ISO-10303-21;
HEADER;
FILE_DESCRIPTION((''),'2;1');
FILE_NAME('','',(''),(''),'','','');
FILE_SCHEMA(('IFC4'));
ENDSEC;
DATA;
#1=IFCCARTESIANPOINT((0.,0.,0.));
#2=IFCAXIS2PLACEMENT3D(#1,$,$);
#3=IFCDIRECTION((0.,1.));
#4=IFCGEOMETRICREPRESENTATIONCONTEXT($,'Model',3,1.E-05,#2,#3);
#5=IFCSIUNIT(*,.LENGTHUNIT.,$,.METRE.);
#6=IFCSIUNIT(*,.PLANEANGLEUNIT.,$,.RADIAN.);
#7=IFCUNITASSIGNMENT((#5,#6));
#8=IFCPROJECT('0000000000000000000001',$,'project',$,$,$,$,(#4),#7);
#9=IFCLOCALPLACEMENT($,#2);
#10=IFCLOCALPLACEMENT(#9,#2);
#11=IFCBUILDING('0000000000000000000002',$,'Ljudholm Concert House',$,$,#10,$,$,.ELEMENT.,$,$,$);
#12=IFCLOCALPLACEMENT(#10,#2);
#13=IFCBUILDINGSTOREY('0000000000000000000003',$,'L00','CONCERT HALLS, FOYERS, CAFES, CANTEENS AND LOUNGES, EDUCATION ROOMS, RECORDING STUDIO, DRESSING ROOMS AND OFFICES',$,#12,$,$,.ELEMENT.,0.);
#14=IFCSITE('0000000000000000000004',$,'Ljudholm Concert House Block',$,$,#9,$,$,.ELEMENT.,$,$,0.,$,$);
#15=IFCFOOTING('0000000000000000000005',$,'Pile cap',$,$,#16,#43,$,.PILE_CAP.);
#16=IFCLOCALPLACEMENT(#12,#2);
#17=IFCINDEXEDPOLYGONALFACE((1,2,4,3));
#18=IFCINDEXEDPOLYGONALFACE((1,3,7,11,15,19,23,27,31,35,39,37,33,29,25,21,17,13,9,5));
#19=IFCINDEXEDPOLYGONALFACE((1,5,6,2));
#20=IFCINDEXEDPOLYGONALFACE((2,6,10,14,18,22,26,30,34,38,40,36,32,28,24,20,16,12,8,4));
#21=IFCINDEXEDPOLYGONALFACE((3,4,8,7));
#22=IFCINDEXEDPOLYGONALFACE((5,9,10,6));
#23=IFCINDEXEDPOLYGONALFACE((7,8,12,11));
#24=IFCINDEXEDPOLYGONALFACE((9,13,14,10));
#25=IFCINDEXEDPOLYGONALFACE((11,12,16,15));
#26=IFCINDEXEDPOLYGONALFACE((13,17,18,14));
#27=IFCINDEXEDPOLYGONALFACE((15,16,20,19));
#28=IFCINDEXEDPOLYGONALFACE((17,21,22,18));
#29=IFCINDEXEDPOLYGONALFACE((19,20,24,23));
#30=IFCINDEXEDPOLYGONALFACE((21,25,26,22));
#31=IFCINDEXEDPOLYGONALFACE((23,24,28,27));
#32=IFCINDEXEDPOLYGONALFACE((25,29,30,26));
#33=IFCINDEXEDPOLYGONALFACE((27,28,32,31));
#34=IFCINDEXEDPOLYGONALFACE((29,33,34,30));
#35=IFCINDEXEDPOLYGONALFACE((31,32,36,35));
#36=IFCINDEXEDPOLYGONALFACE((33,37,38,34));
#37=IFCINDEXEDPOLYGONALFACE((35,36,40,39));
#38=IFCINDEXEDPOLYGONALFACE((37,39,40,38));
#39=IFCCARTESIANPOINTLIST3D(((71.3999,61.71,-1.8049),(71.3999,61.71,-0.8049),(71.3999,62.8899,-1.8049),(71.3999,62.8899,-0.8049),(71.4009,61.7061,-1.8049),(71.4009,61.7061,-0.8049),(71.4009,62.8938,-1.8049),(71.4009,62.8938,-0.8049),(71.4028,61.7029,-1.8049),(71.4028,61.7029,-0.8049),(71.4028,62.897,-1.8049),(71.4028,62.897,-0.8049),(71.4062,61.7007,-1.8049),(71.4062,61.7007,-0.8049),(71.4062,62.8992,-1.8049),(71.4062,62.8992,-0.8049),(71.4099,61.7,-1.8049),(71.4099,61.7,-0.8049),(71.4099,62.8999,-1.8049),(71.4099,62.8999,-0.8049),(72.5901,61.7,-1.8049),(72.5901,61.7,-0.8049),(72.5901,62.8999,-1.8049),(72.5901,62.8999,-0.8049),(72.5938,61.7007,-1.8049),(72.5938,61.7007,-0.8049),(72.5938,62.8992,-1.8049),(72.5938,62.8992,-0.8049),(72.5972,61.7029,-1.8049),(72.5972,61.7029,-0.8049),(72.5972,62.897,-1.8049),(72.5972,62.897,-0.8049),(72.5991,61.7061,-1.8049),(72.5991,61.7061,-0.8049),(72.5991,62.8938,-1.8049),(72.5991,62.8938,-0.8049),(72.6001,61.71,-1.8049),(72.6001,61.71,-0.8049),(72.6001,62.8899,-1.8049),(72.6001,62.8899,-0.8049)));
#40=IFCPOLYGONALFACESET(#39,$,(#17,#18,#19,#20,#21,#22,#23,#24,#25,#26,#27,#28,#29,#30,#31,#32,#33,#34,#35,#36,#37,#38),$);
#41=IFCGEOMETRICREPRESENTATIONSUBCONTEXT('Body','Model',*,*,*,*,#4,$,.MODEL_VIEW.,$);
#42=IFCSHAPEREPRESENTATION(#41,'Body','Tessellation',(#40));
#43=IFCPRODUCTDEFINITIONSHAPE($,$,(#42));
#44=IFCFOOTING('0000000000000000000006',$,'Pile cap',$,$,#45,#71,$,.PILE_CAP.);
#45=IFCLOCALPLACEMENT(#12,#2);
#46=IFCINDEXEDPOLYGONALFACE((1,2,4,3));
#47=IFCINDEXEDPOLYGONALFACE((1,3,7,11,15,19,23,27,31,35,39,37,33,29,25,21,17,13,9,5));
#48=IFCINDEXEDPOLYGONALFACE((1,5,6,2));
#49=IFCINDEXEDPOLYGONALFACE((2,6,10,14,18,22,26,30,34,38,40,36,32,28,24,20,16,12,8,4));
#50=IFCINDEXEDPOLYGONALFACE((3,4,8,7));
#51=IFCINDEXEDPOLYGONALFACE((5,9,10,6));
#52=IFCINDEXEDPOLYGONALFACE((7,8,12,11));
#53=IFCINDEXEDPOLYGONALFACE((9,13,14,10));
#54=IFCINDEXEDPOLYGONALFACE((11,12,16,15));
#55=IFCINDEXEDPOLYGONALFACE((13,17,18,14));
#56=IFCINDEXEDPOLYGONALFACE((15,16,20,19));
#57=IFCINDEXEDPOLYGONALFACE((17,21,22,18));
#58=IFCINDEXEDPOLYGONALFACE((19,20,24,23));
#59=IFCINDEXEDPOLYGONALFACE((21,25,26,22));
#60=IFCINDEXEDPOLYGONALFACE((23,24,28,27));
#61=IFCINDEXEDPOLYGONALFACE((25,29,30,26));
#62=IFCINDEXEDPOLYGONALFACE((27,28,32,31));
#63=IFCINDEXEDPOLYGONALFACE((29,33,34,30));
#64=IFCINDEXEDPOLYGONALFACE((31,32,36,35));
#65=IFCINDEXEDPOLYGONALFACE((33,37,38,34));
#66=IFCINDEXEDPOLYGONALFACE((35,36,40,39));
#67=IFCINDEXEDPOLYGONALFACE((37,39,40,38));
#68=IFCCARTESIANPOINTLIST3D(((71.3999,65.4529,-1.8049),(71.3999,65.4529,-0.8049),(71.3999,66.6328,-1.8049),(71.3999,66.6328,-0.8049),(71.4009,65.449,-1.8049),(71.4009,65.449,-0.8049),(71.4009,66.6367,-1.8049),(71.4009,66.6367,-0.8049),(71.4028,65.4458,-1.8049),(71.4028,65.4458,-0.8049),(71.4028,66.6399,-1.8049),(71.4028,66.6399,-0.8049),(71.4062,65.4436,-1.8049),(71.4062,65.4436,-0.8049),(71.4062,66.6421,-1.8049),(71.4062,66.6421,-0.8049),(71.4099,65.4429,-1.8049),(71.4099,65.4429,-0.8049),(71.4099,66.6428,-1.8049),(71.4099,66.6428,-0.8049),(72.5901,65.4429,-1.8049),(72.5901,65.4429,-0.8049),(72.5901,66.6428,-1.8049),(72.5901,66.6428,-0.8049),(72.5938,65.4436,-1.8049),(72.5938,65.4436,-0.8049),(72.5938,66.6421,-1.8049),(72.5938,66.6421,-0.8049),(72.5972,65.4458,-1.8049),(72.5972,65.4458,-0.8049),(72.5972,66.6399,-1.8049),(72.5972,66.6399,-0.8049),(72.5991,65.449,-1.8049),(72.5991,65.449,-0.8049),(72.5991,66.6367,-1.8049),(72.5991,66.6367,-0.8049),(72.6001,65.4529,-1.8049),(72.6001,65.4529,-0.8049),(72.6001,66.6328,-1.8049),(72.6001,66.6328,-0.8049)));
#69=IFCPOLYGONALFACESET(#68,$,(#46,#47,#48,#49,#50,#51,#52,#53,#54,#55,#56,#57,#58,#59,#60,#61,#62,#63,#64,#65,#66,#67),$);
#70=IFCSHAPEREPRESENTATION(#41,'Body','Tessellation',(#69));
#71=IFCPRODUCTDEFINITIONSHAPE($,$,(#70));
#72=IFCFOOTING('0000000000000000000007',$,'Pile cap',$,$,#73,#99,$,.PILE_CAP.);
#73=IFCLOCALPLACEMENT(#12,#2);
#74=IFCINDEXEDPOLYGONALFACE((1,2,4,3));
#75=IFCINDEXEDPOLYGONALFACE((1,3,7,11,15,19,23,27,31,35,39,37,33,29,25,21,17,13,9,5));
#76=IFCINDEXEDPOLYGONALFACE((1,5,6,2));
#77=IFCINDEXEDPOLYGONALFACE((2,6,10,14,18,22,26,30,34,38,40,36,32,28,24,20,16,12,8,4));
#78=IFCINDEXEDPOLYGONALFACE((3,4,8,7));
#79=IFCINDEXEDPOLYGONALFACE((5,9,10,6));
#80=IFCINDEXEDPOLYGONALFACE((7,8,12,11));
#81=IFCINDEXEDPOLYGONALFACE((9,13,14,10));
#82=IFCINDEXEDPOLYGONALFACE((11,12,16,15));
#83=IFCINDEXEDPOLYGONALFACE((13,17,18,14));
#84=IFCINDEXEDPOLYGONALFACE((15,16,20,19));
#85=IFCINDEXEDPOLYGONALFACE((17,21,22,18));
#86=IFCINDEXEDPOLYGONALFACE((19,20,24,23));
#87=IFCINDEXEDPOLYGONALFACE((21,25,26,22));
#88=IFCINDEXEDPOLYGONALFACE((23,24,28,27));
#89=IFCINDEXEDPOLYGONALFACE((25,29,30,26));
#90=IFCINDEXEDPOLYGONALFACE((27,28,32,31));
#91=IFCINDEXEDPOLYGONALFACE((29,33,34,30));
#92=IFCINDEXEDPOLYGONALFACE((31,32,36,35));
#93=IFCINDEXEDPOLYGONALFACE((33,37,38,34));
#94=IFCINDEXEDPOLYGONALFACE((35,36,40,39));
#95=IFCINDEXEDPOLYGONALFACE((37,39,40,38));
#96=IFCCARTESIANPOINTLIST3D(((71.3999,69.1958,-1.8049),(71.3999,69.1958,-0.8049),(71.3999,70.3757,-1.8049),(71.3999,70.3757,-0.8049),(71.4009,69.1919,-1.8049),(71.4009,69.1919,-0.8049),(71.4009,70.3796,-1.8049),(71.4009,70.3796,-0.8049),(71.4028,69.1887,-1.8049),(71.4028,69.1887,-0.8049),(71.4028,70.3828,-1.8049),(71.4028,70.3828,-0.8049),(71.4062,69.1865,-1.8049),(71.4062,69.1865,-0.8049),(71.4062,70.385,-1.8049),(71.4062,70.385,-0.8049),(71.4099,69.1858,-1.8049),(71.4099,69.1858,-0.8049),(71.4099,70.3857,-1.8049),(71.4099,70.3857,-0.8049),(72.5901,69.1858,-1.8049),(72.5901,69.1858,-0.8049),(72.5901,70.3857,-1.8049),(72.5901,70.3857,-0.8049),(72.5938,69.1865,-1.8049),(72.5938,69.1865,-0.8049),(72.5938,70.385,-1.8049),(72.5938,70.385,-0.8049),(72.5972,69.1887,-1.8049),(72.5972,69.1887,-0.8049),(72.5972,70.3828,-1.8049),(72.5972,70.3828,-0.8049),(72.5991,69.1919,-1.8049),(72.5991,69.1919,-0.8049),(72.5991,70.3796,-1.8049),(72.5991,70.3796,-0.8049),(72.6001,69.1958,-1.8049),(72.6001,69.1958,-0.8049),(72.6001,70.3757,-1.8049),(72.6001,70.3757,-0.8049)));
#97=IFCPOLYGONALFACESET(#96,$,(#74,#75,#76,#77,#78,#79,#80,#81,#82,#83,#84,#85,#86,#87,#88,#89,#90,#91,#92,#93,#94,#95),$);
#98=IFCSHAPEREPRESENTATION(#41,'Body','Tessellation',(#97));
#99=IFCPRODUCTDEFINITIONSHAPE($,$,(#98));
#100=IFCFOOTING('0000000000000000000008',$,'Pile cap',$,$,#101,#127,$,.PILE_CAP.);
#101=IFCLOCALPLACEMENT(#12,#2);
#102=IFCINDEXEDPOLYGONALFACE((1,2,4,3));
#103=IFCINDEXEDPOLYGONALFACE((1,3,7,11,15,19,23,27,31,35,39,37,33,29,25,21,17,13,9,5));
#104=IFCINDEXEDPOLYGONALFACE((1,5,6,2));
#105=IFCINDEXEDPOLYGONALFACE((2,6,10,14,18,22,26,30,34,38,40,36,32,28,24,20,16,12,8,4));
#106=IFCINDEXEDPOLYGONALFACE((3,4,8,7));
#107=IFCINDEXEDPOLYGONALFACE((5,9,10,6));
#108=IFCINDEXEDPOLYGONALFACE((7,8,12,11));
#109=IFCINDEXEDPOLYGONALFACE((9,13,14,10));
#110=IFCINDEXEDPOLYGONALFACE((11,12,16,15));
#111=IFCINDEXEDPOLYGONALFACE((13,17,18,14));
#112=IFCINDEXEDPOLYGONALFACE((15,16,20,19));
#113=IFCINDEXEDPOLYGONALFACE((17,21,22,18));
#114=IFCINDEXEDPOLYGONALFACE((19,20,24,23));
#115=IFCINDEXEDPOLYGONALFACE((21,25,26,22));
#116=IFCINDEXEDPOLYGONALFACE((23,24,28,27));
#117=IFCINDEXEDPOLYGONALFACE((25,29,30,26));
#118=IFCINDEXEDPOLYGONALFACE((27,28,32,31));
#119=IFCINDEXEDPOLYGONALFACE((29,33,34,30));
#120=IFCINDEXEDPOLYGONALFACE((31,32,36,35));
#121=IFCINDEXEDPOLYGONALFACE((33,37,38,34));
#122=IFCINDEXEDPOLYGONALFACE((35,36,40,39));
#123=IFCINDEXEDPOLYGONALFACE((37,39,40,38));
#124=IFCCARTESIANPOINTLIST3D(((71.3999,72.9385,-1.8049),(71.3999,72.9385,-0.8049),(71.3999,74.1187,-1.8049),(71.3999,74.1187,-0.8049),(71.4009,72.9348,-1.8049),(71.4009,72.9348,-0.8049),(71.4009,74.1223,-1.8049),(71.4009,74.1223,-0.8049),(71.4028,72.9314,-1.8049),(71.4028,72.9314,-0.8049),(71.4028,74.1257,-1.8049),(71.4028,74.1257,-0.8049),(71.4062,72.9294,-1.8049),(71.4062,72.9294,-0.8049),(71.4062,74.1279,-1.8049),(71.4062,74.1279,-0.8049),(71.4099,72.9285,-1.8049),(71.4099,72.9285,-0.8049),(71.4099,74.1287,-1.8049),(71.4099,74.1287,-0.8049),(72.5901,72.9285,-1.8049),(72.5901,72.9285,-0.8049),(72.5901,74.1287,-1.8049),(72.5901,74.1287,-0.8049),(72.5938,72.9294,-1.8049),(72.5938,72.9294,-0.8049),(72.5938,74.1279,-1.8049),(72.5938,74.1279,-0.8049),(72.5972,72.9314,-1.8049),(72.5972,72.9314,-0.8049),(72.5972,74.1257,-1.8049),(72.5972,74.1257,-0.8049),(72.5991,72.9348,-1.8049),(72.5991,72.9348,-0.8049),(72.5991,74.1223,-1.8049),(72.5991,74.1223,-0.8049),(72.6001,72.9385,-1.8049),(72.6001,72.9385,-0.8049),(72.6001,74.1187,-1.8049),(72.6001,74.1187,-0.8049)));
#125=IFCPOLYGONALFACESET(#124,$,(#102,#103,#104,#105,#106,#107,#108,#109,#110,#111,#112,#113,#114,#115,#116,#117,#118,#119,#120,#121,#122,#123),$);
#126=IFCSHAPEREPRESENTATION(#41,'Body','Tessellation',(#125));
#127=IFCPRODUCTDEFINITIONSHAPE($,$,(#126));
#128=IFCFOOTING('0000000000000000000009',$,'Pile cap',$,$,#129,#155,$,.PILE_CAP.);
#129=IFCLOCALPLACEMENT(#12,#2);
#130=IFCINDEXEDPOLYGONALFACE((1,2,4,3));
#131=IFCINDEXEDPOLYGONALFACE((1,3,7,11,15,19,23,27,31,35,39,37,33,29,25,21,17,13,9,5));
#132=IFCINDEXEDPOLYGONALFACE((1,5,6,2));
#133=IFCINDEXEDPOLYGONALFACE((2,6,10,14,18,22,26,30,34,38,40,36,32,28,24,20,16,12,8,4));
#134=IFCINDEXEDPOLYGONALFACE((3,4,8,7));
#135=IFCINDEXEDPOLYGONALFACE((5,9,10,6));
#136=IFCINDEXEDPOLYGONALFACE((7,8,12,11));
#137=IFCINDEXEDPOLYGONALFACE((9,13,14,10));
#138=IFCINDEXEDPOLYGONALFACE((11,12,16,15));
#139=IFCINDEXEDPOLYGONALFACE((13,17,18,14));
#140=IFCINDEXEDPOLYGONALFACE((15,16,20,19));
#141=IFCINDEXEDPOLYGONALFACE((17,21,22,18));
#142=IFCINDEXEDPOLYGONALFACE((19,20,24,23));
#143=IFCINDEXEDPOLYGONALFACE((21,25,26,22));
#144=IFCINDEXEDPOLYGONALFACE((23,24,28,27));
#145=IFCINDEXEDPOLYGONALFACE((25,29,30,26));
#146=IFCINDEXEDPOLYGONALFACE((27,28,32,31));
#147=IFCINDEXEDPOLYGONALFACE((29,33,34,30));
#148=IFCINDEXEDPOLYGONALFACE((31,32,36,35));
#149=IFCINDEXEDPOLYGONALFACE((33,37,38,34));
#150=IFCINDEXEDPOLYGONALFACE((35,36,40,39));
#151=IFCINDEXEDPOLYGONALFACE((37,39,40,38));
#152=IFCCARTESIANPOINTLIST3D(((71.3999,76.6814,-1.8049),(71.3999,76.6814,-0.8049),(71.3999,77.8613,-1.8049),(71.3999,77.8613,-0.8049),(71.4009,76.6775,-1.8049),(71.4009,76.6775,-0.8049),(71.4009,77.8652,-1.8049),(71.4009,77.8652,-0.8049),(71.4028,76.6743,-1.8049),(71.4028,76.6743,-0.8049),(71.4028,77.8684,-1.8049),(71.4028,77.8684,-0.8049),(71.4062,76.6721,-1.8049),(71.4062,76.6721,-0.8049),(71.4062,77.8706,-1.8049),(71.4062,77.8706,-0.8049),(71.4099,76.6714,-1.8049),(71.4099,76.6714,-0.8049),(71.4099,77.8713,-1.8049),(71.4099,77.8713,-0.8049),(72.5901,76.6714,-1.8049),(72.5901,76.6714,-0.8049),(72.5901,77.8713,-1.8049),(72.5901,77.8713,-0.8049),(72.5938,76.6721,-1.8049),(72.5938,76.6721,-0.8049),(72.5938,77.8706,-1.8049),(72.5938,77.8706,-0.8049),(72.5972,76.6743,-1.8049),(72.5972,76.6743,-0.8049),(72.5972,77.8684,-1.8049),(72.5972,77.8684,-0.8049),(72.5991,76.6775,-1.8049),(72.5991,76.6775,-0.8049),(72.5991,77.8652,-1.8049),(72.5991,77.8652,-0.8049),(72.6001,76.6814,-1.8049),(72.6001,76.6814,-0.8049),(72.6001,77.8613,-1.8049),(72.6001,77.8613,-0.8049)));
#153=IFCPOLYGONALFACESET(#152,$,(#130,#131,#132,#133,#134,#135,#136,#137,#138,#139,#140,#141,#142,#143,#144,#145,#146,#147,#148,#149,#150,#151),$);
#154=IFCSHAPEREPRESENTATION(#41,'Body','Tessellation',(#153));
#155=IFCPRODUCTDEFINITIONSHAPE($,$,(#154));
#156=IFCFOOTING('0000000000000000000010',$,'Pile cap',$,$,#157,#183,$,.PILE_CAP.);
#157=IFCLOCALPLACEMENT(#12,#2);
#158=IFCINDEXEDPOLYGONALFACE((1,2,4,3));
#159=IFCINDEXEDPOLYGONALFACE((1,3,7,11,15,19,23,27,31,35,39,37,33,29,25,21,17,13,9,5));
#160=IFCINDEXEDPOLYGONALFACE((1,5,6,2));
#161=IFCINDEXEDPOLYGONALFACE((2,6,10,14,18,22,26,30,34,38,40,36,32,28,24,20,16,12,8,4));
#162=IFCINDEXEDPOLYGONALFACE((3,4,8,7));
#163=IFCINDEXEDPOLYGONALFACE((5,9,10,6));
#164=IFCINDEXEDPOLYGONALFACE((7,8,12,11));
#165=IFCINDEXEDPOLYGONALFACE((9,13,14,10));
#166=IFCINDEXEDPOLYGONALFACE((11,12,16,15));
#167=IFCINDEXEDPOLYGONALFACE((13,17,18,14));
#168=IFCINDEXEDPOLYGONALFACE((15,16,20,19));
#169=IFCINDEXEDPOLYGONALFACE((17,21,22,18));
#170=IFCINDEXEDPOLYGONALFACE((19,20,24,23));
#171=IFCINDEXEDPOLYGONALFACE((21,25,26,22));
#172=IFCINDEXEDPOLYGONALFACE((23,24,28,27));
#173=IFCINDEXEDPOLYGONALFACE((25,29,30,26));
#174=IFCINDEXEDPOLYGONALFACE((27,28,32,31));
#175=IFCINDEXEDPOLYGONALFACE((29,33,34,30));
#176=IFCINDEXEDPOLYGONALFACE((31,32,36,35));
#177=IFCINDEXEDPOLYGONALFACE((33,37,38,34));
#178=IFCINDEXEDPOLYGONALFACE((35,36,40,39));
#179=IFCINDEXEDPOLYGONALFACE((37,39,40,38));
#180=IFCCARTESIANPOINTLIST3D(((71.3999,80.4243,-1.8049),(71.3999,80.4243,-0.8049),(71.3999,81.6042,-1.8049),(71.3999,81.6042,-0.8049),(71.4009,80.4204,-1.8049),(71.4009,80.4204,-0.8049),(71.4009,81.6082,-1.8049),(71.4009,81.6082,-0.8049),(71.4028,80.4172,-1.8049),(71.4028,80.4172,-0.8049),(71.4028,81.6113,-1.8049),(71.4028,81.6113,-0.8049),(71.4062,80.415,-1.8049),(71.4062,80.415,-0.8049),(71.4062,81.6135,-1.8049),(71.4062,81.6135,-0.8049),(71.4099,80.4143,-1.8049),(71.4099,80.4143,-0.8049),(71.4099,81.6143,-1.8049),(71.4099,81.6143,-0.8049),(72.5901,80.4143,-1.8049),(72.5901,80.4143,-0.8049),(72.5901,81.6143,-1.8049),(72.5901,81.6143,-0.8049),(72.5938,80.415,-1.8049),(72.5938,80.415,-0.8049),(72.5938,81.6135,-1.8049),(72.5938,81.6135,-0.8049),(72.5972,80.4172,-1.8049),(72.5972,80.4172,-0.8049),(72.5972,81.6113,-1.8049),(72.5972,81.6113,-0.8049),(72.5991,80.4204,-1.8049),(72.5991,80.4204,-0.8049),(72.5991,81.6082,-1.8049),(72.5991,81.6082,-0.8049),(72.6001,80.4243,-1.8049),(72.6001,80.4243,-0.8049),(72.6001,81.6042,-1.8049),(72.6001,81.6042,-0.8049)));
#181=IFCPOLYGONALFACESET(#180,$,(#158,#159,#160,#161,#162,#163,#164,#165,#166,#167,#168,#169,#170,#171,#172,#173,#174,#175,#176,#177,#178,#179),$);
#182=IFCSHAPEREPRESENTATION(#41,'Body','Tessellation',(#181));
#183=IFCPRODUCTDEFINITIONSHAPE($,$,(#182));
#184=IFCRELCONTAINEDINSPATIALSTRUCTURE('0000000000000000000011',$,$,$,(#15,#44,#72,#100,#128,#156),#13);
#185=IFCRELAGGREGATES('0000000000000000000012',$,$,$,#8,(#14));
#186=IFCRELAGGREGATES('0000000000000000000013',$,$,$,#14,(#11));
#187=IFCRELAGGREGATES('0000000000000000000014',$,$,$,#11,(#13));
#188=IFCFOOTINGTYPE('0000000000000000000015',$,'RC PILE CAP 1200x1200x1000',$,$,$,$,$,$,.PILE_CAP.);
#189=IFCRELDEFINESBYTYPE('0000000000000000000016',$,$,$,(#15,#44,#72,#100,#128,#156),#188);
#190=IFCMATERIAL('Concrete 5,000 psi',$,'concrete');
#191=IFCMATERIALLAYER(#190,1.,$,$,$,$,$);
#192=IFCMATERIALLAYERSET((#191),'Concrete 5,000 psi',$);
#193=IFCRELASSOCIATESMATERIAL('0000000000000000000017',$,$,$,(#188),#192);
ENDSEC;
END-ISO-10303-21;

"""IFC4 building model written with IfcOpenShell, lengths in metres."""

from ifc_helpers import new_model, si_unit, direction, frame, origin, place, context, subcontext, project, spatial, polyline, outline, extrude, material, layer, layer_set, type_object, element, save


model = new_model("IFC4")

# Units and contexts
model_context = context("Model", 3, precision=1e-05, world=origin(), true_north=direction((0.0, 1.0)))
body_context = subcontext(model_context, "Body", "Model", "MODEL_VIEW")
ifc_project = project(units=[si_unit("LENGTHUNIT", "METRE"), si_unit("PLANEANGLEUNIT", "RADIAN")], contexts=[model_context])

# Site, building, storey
site_placement = place(None, origin())
site = spatial("IfcSite", under=ifc_project, at=site_placement, Name="Ljudholm Concert House Block", CompositionType="ELEMENT", RefElevation=0.0)
building_placement = place(site_placement, origin())
building = spatial("IfcBuilding", under=site, at=building_placement, Name="Ljudholm Concert House", CompositionType="ELEMENT")
storey_placement = place(building_placement, origin())
storey = spatial("IfcBuildingStorey", under=building, at=storey_placement, Name="L00", Description="CONCERT HALLS, FOYERS, CAFES, CANTEENS AND LOUNGES, EDUCATION ROOMS, RECORDING STUDIO, DRESSING ROOMS AND OFFICES", CompositionType="ELEMENT", Elevation=0.0)

# Footings
ifc_material_1 = material(Name="Concrete 5,000 psi", Category="concrete")
ifc_layer_1 = layer(ifc_material_1, 1.0)
ifc_layer_set_1 = layer_set([ifc_layer_1], Name="Concrete 5,000 psi")
footing_type_1 = type_object("IfcFootingType", Name="RC PILE CAP 1200x1200x1000", PredefinedType="PILE_CAP", material=ifc_layer_set_1)
footing_1_placement = place(storey_placement, frame((0.0, 0.0, -1.8049)))
element("IfcFooting", 1, at=footing_1_placement, inside=storey, type_object=footing_type_1, Name="Pile cap", PredefinedType="PILE_CAP", context=body_context, shape_type="SweptSolid", body=[
    extrude(outline(polyline([(71.4099, 61.7), (72.5901, 61.7), (72.5938, 61.7007), (72.5972, 61.7029), (72.5991, 61.7061), (72.6001, 61.71), (72.6001, 62.8899), (72.5991, 62.8938), (72.5972, 62.897), (72.5938, 62.8992), (72.5901, 62.8999), (71.4099, 62.8999), (71.4062, 62.8992), (71.4028, 62.897), (71.4009, 62.8938), (71.3999, 62.8899), (71.3999, 61.71), (71.4009, 61.7061), (71.4028, 61.7029), (71.4062, 61.7007), (71.4099, 61.7)])), origin(), (0.0, 0.0, 1.0), 1.0),
])
footing_2_placement = place(storey_placement, frame((0.0, 0.0, -1.8049)))
element("IfcFooting", 2, at=footing_2_placement, inside=storey, type_object=footing_type_1, Name="Pile cap", PredefinedType="PILE_CAP", context=body_context, shape_type="SweptSolid", body=[
    extrude(outline(polyline([(71.4099, 65.4429), (72.5901, 65.4429), (72.5938, 65.4436), (72.5972, 65.4458), (72.5991, 65.449), (72.6001, 65.4529), (72.6001, 66.6328), (72.5991, 66.6367), (72.5972, 66.6399), (72.5938, 66.6421), (72.5901, 66.6428), (71.4099, 66.6428), (71.4062, 66.6421), (71.4028, 66.6399), (71.4009, 66.6367), (71.3999, 66.6328), (71.3999, 65.4529), (71.4009, 65.449), (71.4028, 65.4458), (71.4062, 65.4436), (71.4099, 65.4429)])), origin(), (0.0, 0.0, 1.0), 1.0),
])
footing_3_placement = place(storey_placement, frame((0.0, 0.0, -1.8049)))
element("IfcFooting", 3, at=footing_3_placement, inside=storey, type_object=footing_type_1, Name="Pile cap", PredefinedType="PILE_CAP", context=body_context, shape_type="SweptSolid", body=[
    extrude(outline(polyline([(71.4099, 69.1858), (72.5901, 69.1858), (72.5938, 69.1865), (72.5972, 69.1887), (72.5991, 69.1919), (72.6001, 69.1958), (72.6001, 70.3757), (72.5991, 70.3796), (72.5972, 70.3828), (72.5938, 70.385), (72.5901, 70.3857), (71.4099, 70.3857), (71.4062, 70.385), (71.4028, 70.3828), (71.4009, 70.3796), (71.3999, 70.3757), (71.3999, 69.1958), (71.4009, 69.1919), (71.4028, 69.1887), (71.4062, 69.1865), (71.4099, 69.1858)])), origin(), (0.0, 0.0, 1.0), 1.0),
])
footing_4_placement = place(storey_placement, frame((0.0, 0.0, -1.8049)))
element("IfcFooting", 4, at=footing_4_placement, inside=storey, type_object=footing_type_1, Name="Pile cap", PredefinedType="PILE_CAP", context=body_context, shape_type="SweptSolid", body=[
    extrude(outline(polyline([(71.4099, 72.9285), (72.5901, 72.9285), (72.5938, 72.9294), (72.5972, 72.9314), (72.5991, 72.9348), (72.6001, 72.9385), (72.6001, 74.1187), (72.5991, 74.1223), (72.5972, 74.1257), (72.5938, 74.1279), (72.5901, 74.1287), (71.4099, 74.1287), (71.4062, 74.1279), (71.4028, 74.1257), (71.4009, 74.1223), (71.3999, 74.1187), (71.3999, 72.9385), (71.4009, 72.9348), (71.4028, 72.9314), (71.4062, 72.9294), (71.4099, 72.9285)])), origin(), (0.0, 0.0, 1.0), 1.0),
])
footing_5_placement = place(storey_placement, frame((0.0, 0.0, -1.8049)))
element("IfcFooting", 5, at=footing_5_placement, inside=storey, type_object=footing_type_1, Name="Pile cap", PredefinedType="PILE_CAP", context=body_context, shape_type="SweptSolid", body=[
    extrude(outline(polyline([(71.4099, 76.6714), (72.5901, 76.6714), (72.5938, 76.6721), (72.5972, 76.6743), (72.5991, 76.6775), (72.6001, 76.6814), (72.6001, 77.8613), (72.5991, 77.8652), (72.5972, 77.8684), (72.5938, 77.8706), (72.5901, 77.8713), (71.4099, 77.8713), (71.4062, 77.8706), (71.4028, 77.8684), (71.4009, 77.8652), (71.3999, 77.8613), (71.3999, 76.6814), (71.4009, 76.6775), (71.4028, 76.6743), (71.4062, 76.6721), (71.4099, 76.6714)])), origin(), (0.0, 0.0, 1.0), 1.0),
])
footing_6_placement = place(storey_placement, frame((0.0, 0.0, -1.8049)))
element("IfcFooting", 6, at=footing_6_placement, inside=storey, type_object=footing_type_1, Name="Pile cap", PredefinedType="PILE_CAP", context=body_context, shape_type="SweptSolid", body=[
    extrude(outline(polyline([(71.3999, 81.6042), (71.3999, 80.4243), (71.4009, 80.4204), (71.4028, 80.4172), (71.4062, 80.415), (71.4099, 80.4143), (72.5901, 80.4143), (72.5938, 80.415), (72.5972, 80.4172), (72.5991, 80.4204), (72.6001, 80.4243), (72.6001, 81.6042), (72.5991, 81.6082), (72.5972, 81.6113), (72.5938, 81.6135), (72.5901, 81.6143), (71.4099, 81.6143), (71.4062, 81.6135), (71.4028, 81.6113), (71.4009, 81.6082), (71.3999, 81.6042)])), origin(), (0.0, 0.0, 1.0), 1.0),
])

save(model, "model.ifc")
